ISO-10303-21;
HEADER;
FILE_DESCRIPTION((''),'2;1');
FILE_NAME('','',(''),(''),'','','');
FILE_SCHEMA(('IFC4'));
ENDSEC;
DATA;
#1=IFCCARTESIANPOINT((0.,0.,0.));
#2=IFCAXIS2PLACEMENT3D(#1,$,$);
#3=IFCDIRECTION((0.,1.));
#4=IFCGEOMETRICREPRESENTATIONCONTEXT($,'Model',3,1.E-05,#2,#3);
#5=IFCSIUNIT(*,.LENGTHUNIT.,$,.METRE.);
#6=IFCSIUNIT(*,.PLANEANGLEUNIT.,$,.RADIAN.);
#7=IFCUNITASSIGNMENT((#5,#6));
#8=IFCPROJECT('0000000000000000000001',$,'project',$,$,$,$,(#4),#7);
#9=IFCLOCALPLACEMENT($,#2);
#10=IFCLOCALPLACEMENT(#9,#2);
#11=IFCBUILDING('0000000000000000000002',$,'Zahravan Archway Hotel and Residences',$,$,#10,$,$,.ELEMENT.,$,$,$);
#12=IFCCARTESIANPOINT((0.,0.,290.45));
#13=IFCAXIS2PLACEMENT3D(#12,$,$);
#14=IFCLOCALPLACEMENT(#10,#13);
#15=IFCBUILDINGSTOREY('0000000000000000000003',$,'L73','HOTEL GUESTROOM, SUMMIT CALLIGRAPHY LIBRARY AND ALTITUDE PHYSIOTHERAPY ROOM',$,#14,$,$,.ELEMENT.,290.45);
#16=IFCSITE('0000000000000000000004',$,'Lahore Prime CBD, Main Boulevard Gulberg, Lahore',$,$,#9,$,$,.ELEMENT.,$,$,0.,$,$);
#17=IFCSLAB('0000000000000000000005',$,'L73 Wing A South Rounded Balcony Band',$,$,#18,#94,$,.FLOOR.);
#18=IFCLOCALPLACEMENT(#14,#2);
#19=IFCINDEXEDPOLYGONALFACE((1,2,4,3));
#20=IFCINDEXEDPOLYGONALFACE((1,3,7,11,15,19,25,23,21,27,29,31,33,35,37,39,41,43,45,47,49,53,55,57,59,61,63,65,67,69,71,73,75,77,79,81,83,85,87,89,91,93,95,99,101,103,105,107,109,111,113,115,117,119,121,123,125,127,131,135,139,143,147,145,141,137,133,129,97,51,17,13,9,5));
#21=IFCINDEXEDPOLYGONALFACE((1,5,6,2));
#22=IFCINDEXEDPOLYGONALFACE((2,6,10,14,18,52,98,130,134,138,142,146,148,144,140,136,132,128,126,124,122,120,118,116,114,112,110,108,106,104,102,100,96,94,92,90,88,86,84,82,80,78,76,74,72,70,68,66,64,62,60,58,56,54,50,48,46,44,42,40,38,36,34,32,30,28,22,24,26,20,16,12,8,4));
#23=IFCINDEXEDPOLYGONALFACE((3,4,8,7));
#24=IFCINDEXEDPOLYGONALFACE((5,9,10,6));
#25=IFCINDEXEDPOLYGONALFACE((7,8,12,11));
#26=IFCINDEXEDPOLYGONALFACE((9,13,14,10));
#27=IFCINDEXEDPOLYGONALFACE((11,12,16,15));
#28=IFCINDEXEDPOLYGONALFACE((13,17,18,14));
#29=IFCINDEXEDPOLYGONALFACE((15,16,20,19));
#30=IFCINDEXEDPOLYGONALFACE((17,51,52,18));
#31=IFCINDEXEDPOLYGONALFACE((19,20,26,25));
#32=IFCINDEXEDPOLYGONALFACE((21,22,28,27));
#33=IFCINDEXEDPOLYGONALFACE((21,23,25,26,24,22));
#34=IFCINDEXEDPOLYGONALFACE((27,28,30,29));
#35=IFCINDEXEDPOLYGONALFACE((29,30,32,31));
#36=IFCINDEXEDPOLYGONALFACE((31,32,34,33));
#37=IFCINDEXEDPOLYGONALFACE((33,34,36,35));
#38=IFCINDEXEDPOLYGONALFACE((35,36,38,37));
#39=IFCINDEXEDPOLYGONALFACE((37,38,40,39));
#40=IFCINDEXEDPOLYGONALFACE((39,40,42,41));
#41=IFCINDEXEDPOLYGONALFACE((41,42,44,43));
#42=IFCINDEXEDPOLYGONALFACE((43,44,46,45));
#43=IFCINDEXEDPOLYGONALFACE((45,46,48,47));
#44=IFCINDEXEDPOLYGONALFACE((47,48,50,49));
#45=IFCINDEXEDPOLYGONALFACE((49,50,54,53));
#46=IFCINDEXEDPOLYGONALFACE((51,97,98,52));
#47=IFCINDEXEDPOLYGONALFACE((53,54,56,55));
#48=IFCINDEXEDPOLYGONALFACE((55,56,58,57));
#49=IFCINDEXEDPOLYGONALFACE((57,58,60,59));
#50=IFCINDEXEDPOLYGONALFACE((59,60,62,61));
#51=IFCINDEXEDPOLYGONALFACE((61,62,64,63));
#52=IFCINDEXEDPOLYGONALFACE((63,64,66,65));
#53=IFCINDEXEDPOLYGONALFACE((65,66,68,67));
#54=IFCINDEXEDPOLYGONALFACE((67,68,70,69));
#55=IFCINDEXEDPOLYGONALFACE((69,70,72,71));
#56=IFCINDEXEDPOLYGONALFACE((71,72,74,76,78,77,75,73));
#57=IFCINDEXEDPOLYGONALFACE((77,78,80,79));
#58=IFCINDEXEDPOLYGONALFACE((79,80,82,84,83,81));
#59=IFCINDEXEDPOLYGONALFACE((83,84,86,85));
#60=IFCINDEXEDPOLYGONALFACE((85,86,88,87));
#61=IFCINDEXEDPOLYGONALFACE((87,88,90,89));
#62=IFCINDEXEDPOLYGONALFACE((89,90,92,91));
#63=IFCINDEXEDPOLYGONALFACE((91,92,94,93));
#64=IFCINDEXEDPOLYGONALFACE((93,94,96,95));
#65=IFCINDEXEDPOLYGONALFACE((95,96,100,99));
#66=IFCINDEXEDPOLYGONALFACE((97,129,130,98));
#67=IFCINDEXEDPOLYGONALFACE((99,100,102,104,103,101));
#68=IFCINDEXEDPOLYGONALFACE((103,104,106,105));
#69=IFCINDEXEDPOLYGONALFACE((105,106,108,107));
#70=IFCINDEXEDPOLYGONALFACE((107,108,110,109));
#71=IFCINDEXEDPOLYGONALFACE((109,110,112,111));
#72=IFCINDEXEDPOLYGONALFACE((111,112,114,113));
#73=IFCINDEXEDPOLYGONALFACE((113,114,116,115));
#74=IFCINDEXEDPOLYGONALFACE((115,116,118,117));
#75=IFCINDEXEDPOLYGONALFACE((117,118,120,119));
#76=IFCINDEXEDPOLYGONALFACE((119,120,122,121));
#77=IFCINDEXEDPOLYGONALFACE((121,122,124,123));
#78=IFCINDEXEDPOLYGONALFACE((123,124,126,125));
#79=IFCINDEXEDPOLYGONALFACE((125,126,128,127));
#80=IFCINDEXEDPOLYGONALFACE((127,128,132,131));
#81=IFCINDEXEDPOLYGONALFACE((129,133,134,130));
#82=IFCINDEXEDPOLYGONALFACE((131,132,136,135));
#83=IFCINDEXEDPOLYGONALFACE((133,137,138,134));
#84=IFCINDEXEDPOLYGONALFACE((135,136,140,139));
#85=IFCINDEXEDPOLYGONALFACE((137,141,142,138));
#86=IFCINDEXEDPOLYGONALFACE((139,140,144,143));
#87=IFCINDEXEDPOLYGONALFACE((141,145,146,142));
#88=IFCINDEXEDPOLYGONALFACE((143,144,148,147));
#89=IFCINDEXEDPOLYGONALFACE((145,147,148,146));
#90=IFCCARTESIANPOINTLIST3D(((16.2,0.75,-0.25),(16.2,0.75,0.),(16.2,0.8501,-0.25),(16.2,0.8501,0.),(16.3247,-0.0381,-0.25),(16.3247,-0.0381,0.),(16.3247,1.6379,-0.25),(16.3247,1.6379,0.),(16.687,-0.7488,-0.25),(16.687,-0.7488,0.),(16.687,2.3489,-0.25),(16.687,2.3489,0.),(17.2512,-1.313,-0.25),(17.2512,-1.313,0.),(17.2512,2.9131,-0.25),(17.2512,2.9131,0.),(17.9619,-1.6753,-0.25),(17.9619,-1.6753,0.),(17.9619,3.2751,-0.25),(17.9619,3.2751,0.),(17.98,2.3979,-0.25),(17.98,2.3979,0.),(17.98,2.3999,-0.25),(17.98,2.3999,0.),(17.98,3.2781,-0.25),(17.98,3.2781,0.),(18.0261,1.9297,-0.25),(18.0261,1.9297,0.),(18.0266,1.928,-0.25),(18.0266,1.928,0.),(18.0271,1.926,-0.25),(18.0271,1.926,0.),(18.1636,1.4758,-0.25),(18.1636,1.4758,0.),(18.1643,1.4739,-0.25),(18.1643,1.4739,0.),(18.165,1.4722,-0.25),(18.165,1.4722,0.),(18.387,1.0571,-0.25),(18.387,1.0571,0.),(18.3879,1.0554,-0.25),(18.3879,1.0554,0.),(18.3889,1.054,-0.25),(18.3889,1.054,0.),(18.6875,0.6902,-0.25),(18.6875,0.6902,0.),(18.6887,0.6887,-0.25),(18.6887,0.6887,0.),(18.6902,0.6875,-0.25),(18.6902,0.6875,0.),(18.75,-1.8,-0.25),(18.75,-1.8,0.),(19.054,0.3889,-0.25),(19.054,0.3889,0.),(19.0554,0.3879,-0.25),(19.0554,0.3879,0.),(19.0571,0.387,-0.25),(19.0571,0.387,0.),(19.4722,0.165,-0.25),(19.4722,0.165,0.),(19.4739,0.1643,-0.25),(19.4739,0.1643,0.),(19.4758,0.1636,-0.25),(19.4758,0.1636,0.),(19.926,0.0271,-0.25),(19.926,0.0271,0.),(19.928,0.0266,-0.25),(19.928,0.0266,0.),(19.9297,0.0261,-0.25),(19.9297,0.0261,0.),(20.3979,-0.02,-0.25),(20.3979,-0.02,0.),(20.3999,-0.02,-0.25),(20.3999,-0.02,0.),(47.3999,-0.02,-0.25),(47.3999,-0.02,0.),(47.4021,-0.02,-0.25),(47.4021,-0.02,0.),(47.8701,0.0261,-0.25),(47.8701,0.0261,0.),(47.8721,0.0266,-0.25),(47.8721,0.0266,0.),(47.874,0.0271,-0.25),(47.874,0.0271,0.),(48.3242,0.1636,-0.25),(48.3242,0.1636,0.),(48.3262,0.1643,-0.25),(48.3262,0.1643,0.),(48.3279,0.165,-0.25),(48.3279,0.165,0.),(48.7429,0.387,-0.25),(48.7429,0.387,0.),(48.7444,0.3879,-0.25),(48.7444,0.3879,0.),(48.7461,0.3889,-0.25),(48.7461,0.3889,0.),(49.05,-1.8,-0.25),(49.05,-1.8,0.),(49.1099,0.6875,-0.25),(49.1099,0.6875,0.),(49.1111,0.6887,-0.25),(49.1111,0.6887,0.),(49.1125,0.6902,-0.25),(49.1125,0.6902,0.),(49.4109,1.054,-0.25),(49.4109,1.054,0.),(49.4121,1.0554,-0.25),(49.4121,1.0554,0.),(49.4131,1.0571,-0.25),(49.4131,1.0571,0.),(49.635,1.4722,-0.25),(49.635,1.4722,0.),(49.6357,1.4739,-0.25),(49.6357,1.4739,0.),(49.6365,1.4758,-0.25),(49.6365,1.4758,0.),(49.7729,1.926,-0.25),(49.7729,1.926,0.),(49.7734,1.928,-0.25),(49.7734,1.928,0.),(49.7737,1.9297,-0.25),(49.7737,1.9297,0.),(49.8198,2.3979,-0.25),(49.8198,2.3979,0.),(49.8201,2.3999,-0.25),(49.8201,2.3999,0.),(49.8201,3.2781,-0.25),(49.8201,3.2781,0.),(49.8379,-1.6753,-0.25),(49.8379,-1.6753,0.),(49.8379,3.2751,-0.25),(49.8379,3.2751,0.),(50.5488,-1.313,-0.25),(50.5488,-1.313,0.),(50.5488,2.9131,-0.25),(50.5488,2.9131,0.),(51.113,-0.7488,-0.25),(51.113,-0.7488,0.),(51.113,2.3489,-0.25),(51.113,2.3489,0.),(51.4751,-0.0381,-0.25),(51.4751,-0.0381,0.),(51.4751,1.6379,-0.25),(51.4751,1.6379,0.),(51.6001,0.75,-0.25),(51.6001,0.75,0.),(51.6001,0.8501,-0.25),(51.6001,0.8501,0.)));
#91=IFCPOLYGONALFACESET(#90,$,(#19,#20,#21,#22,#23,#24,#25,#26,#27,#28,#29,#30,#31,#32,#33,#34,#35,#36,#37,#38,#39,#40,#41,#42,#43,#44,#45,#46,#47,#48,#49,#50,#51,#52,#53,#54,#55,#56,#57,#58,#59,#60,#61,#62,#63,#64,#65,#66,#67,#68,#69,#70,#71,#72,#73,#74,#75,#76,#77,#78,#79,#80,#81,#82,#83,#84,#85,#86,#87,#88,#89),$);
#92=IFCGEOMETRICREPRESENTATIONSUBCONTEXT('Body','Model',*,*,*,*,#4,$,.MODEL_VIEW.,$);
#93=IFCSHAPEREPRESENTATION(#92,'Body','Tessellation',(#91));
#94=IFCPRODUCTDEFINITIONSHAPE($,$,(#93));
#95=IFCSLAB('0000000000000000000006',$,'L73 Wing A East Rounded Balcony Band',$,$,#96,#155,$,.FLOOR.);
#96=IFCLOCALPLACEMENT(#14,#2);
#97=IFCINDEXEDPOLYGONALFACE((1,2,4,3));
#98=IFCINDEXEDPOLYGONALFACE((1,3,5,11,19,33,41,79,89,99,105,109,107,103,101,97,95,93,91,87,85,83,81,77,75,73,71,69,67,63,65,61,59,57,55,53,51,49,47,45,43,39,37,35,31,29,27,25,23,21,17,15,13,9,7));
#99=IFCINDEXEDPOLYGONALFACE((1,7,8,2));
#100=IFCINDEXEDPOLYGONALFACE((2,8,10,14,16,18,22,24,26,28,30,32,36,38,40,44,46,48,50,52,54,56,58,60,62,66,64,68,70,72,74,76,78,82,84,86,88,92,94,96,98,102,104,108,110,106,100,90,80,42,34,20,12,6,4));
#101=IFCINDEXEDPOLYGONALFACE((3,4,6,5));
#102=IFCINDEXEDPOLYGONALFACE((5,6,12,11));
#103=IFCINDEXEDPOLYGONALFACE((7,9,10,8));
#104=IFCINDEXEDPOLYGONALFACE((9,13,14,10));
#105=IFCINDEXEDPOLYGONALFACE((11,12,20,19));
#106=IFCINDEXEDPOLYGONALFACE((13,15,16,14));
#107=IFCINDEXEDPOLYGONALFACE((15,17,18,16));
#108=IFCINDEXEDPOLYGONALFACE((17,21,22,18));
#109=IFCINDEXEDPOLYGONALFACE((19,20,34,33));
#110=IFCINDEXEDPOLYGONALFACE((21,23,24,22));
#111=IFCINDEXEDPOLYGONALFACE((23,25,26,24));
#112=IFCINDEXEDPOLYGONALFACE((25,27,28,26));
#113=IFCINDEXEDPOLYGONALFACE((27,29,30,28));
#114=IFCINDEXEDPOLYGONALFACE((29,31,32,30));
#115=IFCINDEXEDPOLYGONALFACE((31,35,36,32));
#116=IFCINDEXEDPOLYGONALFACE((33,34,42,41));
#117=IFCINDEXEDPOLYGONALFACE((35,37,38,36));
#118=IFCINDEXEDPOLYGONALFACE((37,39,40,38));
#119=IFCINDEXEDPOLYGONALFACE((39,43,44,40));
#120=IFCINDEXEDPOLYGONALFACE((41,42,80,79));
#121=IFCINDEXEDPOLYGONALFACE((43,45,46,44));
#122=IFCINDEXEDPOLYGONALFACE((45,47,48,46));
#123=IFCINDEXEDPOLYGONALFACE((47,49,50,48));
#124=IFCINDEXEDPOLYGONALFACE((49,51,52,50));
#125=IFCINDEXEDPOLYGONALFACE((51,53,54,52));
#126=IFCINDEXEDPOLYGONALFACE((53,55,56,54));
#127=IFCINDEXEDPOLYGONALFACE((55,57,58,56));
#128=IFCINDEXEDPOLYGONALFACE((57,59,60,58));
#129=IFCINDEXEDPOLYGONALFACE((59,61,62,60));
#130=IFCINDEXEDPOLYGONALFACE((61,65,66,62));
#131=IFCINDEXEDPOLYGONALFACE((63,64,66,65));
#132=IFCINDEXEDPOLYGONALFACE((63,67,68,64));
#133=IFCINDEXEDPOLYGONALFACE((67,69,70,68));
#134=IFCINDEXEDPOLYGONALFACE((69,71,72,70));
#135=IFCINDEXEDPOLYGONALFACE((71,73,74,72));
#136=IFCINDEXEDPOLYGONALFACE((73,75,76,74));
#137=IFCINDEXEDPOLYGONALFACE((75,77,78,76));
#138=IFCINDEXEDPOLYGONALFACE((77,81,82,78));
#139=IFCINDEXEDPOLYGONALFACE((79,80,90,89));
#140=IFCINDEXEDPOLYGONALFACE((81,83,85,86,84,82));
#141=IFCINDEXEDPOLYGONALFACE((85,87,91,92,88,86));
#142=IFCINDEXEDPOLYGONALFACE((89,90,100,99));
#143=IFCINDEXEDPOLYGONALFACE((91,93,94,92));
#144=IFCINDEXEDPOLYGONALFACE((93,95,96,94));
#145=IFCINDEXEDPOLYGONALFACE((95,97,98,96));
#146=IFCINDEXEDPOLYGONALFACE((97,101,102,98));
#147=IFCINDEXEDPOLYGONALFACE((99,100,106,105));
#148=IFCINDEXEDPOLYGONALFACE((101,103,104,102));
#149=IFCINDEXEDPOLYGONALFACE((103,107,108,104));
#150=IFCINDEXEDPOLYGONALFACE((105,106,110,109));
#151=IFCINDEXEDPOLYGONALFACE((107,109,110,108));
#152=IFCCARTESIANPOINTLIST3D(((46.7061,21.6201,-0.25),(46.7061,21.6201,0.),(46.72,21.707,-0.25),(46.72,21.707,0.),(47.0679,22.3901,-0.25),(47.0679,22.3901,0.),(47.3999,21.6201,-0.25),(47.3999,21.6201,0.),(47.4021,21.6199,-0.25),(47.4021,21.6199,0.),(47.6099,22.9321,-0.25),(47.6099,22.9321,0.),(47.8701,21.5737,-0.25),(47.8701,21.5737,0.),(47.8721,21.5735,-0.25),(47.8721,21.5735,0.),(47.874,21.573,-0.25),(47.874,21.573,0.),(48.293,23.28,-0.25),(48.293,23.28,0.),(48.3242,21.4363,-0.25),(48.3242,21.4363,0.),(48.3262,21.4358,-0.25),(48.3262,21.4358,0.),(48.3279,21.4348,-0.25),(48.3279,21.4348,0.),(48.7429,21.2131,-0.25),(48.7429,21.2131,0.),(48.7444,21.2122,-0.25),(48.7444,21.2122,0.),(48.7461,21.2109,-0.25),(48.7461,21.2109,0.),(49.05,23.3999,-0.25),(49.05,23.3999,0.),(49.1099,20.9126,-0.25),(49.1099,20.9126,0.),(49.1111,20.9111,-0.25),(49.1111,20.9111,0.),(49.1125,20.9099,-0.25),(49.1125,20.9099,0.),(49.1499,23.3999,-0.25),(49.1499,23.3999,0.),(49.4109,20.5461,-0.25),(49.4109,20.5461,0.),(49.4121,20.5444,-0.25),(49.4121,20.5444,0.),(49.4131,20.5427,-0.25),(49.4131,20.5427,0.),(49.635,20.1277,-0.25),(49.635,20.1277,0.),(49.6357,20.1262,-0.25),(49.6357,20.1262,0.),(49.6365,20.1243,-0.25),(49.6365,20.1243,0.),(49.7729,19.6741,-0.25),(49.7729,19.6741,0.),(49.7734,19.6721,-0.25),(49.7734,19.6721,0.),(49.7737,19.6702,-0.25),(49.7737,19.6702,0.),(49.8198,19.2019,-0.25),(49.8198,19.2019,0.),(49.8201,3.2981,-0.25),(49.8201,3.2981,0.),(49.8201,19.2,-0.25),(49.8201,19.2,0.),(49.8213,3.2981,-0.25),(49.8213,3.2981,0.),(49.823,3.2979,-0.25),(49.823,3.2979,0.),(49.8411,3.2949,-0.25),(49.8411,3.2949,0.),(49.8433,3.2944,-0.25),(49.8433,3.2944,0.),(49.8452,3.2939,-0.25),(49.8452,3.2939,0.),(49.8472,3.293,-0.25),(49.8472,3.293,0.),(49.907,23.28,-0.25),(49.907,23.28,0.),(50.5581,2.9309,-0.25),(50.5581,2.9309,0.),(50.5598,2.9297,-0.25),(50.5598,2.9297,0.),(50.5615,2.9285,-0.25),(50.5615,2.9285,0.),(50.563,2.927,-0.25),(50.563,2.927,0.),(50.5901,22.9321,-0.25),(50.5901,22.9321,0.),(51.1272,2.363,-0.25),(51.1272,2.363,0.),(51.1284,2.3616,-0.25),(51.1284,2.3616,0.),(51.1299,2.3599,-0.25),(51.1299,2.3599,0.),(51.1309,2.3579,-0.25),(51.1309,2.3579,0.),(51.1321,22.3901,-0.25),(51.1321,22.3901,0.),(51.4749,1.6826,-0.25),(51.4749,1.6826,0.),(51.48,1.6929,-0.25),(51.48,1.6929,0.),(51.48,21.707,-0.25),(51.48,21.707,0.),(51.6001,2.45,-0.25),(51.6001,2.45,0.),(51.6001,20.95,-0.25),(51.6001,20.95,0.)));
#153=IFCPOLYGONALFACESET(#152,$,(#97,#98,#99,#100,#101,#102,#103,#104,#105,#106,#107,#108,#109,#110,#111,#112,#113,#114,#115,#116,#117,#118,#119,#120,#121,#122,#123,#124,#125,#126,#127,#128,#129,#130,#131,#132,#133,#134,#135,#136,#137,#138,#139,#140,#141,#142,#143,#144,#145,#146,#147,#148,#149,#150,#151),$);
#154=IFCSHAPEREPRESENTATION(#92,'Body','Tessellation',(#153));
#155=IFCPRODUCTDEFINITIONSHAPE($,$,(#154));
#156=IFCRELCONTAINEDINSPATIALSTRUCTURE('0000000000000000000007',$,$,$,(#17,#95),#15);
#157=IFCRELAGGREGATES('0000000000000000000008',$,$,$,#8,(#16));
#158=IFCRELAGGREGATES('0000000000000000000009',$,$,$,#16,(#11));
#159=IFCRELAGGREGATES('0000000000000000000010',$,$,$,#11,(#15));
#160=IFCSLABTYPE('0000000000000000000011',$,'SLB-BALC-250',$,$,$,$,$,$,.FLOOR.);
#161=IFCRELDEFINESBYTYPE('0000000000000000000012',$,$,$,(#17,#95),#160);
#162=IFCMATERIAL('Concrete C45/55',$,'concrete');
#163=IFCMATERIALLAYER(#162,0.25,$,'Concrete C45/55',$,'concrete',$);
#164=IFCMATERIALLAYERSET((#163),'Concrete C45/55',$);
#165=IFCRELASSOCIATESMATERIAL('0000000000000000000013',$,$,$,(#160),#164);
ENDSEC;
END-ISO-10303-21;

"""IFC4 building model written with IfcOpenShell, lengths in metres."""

from ifc_helpers import new_model, si_unit, direction, frame, origin, place, context, subcontext, project, spatial, polyline, outline, extrude, material, layer, layer_set, type_object, element, save


model = new_model("IFC4")

# Units and contexts
model_context = context("Model", 3, precision=1e-05, world=origin(), true_north=direction((0.0, 1.0)))
body_context = subcontext(model_context, "Body", "Model", "MODEL_VIEW")
ifc_project = project(units=[si_unit("LENGTHUNIT", "METRE"), si_unit("PLANEANGLEUNIT", "RADIAN")], contexts=[model_context])

# Site, building, storey
site_placement = place(None, origin())
site = spatial("IfcSite", under=ifc_project, at=site_placement, Name="Lahore Prime CBD, Main Boulevard Gulberg, Lahore", CompositionType="ELEMENT", RefElevation=0.0)
building_placement = place(site_placement, origin())
building = spatial("IfcBuilding", under=site, at=building_placement, Name="Zahravan Archway Hotel and Residences", CompositionType="ELEMENT")
storey_placement = place(building_placement, frame((0.0, 0.0, 290.45)))
storey = spatial("IfcBuildingStorey", under=building, at=storey_placement, Name="L73", Description="HOTEL GUESTROOM, SUMMIT CALLIGRAPHY LIBRARY AND ALTITUDE PHYSIOTHERAPY ROOM", CompositionType="ELEMENT", Elevation=290.45)

# Slabs
ifc_material_1 = material(Name="Concrete C45/55", Category="concrete")
ifc_layer_1 = layer(ifc_material_1, 0.25, Name="Concrete C45/55", Category="concrete")
ifc_layer_set_1 = layer_set([ifc_layer_1], Name="Concrete C45/55")
slab_type_1 = type_object("IfcSlabType", Name="SLB-BALC-250", PredefinedType="FLOOR", material=ifc_layer_set_1)
slab_1_placement = place(storey_placement, frame((0.0, 0.0, -0.25)))
element("IfcSlab", 1, at=slab_1_placement, inside=storey, type_object=slab_type_1, Name="L73 Wing A South Rounded Balcony Band", PredefinedType="FLOOR", context=body_context, shape_type="SweptSolid", body=[
    extrude(outline(polyline([(49.8379, 3.2751), (50.5488, 2.9131), (51.113, 2.3489), (51.4751, 1.6379), (51.6001, 0.8501), (51.6001, 0.75), (51.4751, -0.0381), (51.113, -0.7488), (50.5488, -1.313), (49.8379, -1.6753), (49.05, -1.8), (18.75, -1.8), (17.9619, -1.6753), (17.2512, -1.313), (16.687, -0.7488), (16.3247, -0.0381), (16.2, 0.75), (16.2, 0.8501), (16.3247, 1.6379), (16.687, 2.3489), (17.2512, 2.9131), (17.9619, 3.2751), (17.98, 3.2781), (17.98, 2.3999), (17.98, 2.3979), (18.0261, 1.9297), (18.0266, 1.928), (18.0271, 1.926), (18.1636, 1.4758), (18.1643, 1.4739), (18.165, 1.4722), (18.387, 1.0571), (18.3879, 1.0554), (18.3889, 1.054), (18.6875, 0.6902), (18.6887, 0.6887), (18.6902, 0.6875), (19.054, 0.3889), (19.0554, 0.3879), (19.0571, 0.387), (19.4722, 0.165), (19.4739, 0.1643), (19.4758, 0.1636), (19.926, 0.0271), (19.928, 0.0266), (19.9297, 0.0261), (20.3979, -0.02), (20.3999, -0.02), (47.3999, -0.02), (47.4021, -0.02), (47.8701, 0.0261), (47.8721, 0.0266), (47.874, 0.0271), (48.3242, 0.1636), (48.3262, 0.1643), (48.3279, 0.165), (48.7429, 0.387), (48.7444, 0.3879), (48.7461, 0.3889), (49.1099, 0.6875), (49.1111, 0.6887), (49.1125, 0.6902), (49.4109, 1.054), (49.4121, 1.0554), (49.4131, 1.0571), (49.635, 1.4722), (49.6357, 1.4739), (49.6365, 1.4758), (49.7729, 1.926), (49.7734, 1.928), (49.7737, 1.9297), (49.8198, 2.3979), (49.8201, 2.3999), (49.8201, 3.2781), (49.8379, 3.2751)])), origin(), (0.0, 0.0, 1.0), 0.25),
])
slab_2_placement = place(storey_placement, frame((0.0, 0.0, -0.25)))
element("IfcSlab", 2, at=slab_2_placement, inside=storey, type_object=slab_type_1, Name="L73 Wing A East Rounded Balcony Band", PredefinedType="FLOOR", context=body_context, shape_type="SweptSolid", body=[
    extrude(outline(polyline([(46.72, 21.707), (47.0679, 22.3901), (47.6099, 22.9321), (48.293, 23.28), (49.05, 23.3999), (49.1499, 23.3999), (49.907, 23.28), (50.5901, 22.9321), (51.1321, 22.3901), (51.48, 21.707), (51.6001, 20.95), (51.6001, 2.45), (51.48, 1.6929), (51.4749, 1.6826), (51.1309, 2.3579), (51.1299, 2.3599), (51.1284, 2.3616), (51.1272, 2.363), (50.563, 2.927), (50.5615, 2.9285), (50.5598, 2.9297), (50.5581, 2.9309), (49.8472, 3.293), (49.8452, 3.2939), (49.8433, 3.2944), (49.8411, 3.2949), (49.823, 3.2979), (49.8213, 3.2981), (49.8201, 3.2981), (49.8201, 19.2), (49.8198, 19.2019), (49.7737, 19.6702), (49.7734, 19.6721), (49.7729, 19.6741), (49.6365, 20.1243), (49.6357, 20.1262), (49.635, 20.1277), (49.4131, 20.5427), (49.4121, 20.5444), (49.4109, 20.5461), (49.1125, 20.9099), (49.1111, 20.9111), (49.1099, 20.9126), (48.7461, 21.2109), (48.7444, 21.2122), (48.7429, 21.2131), (48.3279, 21.4348), (48.3262, 21.4358), (48.3242, 21.4363), (47.874, 21.573), (47.8721, 21.5735), (47.8701, 21.5737), (47.4021, 21.6199), (47.3999, 21.6201), (46.7061, 21.6201), (46.72, 21.707)])), origin(), (0.0, 0.0, 1.0), 0.25),
])

save(model, "model.ifc")
